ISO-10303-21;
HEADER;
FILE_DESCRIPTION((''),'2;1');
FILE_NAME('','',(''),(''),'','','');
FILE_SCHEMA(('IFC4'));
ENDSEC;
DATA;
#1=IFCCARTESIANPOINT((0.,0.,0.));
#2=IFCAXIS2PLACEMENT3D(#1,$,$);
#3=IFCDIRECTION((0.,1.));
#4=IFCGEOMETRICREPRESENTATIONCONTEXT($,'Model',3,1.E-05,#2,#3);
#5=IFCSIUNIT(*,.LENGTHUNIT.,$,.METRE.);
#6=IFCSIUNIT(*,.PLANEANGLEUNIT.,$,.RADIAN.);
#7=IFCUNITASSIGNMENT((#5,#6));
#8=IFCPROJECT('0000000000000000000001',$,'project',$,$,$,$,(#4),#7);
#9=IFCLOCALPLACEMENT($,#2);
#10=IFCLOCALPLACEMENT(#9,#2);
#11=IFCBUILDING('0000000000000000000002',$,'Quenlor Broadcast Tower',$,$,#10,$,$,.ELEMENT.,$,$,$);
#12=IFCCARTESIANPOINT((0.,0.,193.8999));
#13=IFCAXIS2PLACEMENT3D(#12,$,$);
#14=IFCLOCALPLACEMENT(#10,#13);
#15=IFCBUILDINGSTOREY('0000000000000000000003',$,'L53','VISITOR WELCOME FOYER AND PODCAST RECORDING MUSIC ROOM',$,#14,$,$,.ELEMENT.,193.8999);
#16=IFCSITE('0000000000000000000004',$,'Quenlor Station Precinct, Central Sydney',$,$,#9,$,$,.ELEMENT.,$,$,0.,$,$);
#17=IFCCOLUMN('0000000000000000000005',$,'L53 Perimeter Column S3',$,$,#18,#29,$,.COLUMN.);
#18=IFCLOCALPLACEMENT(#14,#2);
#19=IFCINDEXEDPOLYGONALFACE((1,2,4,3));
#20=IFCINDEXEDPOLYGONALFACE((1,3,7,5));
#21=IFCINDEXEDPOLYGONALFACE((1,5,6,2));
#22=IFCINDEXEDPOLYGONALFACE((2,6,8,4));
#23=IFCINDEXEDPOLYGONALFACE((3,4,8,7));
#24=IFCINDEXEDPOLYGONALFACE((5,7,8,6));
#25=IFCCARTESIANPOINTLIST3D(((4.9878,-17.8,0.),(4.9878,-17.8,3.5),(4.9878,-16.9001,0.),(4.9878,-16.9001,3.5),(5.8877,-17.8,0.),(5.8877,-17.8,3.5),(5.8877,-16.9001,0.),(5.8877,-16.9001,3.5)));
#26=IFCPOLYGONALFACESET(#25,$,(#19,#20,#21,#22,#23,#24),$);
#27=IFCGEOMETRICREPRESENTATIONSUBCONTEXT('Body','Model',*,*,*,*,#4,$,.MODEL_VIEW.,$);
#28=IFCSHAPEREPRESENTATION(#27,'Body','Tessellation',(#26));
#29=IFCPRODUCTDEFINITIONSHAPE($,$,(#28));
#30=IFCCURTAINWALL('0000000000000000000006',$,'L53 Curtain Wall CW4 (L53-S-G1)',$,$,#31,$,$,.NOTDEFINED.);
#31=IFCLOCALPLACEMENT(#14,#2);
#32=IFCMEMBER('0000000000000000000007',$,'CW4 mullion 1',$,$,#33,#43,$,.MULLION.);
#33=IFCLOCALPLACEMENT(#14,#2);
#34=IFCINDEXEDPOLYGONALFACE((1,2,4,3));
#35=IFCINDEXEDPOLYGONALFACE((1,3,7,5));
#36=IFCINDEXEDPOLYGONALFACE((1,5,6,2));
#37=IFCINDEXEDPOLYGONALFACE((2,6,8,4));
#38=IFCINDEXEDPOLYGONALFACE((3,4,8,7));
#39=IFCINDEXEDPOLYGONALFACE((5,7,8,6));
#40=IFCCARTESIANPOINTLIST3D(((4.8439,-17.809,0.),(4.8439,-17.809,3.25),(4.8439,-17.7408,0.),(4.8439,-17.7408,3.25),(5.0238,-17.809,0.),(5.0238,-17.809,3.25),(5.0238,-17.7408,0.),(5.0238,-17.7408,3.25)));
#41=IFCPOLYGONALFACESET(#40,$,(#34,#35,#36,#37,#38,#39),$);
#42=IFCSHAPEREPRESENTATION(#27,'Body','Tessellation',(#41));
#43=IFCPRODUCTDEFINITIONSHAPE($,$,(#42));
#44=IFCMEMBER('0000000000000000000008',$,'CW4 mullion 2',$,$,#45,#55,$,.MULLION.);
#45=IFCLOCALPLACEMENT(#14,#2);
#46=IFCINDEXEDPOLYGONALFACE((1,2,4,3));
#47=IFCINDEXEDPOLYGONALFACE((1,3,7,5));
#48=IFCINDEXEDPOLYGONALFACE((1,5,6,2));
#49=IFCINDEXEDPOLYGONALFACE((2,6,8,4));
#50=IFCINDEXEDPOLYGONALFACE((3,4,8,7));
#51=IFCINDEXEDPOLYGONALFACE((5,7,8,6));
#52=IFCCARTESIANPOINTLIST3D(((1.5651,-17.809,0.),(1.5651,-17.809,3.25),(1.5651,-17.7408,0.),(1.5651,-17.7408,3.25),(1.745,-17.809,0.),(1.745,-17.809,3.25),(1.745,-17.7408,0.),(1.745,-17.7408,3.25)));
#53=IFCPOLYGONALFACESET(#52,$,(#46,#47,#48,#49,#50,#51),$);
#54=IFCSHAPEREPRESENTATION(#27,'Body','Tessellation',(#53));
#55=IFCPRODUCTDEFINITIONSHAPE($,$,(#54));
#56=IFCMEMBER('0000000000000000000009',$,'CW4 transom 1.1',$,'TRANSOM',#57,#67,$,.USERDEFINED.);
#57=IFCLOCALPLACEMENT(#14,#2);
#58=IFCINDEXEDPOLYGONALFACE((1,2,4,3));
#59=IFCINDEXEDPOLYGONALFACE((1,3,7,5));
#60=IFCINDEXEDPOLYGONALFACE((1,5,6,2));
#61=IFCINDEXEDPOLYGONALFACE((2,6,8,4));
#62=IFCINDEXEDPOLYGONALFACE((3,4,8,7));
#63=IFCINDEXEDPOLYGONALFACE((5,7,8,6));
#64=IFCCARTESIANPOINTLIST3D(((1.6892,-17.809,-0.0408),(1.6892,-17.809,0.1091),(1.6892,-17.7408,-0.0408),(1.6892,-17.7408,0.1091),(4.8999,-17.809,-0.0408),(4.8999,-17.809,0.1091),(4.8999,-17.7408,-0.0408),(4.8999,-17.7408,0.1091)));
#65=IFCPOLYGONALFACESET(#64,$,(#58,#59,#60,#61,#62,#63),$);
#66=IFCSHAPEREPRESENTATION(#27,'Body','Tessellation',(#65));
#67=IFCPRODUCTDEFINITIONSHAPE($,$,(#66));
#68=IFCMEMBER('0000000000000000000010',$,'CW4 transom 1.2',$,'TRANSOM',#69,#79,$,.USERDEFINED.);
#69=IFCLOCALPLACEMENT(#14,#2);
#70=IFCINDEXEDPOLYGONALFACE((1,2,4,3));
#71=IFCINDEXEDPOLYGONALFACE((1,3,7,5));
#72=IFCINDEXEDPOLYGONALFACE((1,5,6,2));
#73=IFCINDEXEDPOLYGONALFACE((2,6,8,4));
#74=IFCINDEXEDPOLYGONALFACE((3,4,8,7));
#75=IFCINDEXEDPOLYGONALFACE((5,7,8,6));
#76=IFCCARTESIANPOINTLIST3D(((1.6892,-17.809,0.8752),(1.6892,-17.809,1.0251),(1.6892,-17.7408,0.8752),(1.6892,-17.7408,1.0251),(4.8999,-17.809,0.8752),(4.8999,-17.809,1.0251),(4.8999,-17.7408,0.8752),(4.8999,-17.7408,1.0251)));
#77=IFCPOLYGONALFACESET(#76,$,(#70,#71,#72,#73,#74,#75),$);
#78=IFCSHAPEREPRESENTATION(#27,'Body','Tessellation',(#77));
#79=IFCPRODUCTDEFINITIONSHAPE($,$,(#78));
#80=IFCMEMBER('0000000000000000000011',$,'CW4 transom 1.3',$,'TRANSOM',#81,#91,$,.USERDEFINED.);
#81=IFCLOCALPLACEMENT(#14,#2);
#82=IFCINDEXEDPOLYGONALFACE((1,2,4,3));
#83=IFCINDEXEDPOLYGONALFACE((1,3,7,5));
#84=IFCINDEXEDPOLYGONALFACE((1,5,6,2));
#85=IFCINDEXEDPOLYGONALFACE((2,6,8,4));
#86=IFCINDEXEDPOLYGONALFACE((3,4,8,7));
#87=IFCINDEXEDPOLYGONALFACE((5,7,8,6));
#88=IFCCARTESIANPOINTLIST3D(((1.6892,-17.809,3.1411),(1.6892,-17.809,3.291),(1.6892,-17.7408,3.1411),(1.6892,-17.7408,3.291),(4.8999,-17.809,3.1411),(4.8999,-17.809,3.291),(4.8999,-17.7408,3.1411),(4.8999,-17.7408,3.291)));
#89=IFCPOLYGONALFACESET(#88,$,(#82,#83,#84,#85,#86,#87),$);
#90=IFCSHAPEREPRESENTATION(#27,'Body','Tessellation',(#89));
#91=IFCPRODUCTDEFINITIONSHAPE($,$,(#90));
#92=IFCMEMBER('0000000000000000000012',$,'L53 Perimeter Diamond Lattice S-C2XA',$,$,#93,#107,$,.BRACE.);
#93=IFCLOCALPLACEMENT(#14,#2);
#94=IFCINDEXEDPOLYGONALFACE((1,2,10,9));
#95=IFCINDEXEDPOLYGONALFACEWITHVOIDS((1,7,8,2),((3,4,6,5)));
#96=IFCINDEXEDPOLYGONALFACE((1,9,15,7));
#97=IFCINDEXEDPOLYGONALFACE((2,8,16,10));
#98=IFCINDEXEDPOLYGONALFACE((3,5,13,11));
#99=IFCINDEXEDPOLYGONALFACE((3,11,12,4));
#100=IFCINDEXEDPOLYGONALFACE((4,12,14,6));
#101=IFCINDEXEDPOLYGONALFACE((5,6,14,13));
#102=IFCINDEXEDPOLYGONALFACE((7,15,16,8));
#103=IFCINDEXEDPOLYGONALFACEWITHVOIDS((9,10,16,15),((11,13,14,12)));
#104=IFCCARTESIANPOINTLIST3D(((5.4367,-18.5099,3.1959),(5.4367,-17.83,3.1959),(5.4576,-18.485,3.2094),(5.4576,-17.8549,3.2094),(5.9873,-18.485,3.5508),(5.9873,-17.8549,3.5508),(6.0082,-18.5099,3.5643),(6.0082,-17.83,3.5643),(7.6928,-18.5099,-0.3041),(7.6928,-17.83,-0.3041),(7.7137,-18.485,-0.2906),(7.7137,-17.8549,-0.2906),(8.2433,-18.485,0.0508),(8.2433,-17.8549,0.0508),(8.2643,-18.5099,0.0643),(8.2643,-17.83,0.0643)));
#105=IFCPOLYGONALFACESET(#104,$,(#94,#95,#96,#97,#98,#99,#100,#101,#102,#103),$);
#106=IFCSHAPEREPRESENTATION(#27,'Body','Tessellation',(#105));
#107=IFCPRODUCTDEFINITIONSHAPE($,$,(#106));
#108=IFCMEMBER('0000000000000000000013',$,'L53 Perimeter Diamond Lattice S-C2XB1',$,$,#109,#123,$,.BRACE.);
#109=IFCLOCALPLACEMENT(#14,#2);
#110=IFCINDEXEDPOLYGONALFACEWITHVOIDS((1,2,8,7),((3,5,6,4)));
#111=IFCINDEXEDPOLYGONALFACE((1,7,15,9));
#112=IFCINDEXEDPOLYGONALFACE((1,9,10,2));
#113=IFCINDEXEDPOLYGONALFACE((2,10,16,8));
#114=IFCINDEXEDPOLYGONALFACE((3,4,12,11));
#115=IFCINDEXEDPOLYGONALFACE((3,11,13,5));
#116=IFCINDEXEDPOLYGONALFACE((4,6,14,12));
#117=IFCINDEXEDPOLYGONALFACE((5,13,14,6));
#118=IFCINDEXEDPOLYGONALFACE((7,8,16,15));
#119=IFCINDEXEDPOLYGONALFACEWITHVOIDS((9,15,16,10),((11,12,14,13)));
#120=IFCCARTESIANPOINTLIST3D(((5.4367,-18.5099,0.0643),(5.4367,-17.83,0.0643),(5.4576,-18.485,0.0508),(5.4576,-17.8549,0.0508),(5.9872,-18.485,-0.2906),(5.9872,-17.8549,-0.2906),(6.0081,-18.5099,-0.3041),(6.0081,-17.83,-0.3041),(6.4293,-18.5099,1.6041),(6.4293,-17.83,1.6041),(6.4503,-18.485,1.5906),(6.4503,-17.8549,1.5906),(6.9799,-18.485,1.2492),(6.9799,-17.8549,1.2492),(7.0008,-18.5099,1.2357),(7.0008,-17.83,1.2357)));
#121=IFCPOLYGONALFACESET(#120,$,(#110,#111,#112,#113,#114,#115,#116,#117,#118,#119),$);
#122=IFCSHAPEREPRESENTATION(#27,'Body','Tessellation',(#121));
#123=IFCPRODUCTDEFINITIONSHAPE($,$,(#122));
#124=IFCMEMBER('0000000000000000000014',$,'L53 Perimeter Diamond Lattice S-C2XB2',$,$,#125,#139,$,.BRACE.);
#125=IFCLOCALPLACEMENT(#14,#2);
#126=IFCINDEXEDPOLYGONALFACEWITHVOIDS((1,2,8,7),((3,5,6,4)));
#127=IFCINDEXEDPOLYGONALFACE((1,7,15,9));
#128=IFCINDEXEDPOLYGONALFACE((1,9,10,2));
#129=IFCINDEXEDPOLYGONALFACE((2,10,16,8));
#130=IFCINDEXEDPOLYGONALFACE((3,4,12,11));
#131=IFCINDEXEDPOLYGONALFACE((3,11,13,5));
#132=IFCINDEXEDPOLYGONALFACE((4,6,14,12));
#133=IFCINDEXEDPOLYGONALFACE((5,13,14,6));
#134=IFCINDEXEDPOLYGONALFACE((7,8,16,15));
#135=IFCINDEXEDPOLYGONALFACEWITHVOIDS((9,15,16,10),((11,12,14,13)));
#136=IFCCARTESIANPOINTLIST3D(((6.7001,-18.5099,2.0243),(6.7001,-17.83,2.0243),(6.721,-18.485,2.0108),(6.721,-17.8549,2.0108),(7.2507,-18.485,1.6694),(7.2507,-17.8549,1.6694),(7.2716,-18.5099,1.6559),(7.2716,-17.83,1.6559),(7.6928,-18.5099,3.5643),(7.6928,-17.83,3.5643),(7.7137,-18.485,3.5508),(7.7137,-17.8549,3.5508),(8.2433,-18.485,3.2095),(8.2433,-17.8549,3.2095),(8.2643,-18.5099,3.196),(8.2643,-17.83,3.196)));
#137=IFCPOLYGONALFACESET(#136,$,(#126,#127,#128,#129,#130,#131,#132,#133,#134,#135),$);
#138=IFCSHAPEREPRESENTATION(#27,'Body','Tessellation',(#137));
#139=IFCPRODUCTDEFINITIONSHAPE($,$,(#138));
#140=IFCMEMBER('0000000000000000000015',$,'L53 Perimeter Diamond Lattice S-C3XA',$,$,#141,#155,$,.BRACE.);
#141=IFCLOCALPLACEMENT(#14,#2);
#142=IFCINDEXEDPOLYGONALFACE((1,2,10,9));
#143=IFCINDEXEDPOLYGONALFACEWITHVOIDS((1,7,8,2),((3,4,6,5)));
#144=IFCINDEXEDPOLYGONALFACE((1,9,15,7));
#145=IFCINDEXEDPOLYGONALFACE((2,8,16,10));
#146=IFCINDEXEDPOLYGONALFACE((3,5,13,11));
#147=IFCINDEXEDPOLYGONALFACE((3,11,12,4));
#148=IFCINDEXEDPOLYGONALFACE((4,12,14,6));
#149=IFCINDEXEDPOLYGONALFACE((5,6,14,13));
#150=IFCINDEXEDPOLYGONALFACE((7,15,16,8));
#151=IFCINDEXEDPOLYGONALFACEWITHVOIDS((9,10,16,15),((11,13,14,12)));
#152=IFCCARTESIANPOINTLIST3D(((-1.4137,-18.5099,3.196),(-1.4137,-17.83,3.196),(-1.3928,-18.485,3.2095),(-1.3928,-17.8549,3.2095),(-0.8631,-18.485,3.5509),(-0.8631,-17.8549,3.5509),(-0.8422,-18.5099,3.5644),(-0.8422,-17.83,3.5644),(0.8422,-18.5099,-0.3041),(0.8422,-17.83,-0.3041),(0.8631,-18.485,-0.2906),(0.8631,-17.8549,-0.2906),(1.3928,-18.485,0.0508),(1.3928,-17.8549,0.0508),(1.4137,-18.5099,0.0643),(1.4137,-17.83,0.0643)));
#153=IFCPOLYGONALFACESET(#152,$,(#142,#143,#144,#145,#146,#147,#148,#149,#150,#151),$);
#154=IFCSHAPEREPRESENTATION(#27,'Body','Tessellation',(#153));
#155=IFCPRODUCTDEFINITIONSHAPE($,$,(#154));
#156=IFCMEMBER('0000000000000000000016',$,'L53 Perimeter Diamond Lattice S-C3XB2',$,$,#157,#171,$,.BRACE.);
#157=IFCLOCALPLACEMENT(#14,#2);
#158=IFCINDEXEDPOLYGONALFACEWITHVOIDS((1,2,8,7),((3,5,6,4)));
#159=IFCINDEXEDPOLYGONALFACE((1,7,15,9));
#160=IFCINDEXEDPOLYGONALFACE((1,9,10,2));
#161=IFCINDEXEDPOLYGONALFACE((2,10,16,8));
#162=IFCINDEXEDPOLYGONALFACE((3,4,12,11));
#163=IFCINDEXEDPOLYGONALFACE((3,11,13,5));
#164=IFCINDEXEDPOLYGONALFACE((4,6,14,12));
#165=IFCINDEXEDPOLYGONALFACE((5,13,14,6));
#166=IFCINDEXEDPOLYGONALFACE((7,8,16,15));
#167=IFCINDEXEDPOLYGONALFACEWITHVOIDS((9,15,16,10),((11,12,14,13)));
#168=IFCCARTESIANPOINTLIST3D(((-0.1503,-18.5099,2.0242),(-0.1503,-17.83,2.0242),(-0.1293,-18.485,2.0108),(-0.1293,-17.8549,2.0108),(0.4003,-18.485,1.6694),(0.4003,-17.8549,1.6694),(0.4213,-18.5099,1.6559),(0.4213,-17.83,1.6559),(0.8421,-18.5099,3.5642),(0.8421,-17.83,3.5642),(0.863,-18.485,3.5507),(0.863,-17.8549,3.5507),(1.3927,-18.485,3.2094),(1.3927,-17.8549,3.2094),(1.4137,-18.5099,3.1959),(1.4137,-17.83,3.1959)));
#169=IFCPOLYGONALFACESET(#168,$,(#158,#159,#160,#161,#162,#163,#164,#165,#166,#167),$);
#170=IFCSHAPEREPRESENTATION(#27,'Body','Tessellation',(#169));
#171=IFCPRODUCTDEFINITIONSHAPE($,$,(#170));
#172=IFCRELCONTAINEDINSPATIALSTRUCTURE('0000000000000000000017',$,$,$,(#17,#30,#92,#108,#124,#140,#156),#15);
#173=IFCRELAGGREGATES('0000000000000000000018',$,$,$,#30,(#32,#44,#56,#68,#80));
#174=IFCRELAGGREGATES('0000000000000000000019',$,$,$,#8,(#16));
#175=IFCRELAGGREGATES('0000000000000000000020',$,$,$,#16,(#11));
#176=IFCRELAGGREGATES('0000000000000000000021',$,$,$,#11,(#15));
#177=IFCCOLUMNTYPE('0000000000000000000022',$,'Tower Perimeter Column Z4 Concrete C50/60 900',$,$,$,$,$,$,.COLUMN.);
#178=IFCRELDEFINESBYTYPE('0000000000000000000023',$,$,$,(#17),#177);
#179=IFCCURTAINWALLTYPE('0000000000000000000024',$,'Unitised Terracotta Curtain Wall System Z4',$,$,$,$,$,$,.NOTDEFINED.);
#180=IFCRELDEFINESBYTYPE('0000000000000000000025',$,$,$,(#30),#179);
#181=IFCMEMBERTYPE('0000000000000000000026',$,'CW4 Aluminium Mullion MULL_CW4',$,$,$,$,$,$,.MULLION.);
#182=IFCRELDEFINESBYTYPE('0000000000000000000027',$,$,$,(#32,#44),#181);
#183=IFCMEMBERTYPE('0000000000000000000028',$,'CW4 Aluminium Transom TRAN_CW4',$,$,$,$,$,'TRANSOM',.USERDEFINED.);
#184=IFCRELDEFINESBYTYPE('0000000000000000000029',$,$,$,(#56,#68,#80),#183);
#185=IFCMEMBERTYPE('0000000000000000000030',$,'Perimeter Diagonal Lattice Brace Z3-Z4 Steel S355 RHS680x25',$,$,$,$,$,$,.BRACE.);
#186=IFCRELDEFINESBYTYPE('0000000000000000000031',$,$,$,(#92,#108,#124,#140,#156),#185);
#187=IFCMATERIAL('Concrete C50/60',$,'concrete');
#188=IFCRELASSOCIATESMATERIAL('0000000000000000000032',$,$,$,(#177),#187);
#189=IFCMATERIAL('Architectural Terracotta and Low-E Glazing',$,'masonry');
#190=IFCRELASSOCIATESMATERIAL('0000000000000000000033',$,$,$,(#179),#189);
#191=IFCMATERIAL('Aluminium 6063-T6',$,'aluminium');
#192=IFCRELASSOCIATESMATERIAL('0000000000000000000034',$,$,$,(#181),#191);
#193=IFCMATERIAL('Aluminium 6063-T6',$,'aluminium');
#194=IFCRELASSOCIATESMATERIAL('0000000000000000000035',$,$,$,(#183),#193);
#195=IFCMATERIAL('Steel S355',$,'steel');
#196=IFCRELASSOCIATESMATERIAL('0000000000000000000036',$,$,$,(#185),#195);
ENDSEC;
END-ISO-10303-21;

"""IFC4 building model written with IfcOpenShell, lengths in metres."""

from ifc_helpers import new_model, si_unit, direction, frame, origin, origin_2d, place, context, subcontext, project, spatial, rectangle, hollow_rectangle, extrude, material, material_profile, profile_set, type_object, element, aggregate, save


model = new_model("IFC4")

# Units and contexts
model_context = context("Model", 3, precision=1e-05, world=origin(), true_north=direction((0.0, 1.0)))
body_context = subcontext(model_context, "Body", "Model", "MODEL_VIEW")
ifc_project = project(units=[si_unit("LENGTHUNIT", "METRE"), si_unit("PLANEANGLEUNIT", "RADIAN")], contexts=[model_context])

# Site, building, storey
site_placement = place(None, origin())
site = spatial("IfcSite", under=ifc_project, at=site_placement, Name="Quenlor Station Precinct, Central Sydney", CompositionType="ELEMENT", RefElevation=0.0)
building_placement = place(site_placement, origin())
building = spatial("IfcBuilding", under=site, at=building_placement, Name="Quenlor Broadcast Tower", CompositionType="ELEMENT")
storey_placement = place(building_placement, frame((0.0, 0.0, 193.8999)))
storey = spatial("IfcBuildingStorey", under=building, at=storey_placement, Name="L53", Description="VISITOR WELCOME FOYER AND PODCAST RECORDING MUSIC ROOM", CompositionType="ELEMENT", Elevation=193.8999)

# Column
ifc_material_1 = material(Name="Concrete C50/60", Category="concrete")
ifc_material_profile_1 = material_profile(ifc_material_1, rectangle(XDim=0.8999, YDim=0.8999, at=origin_2d()))
ifc_profile_set_1 = profile_set([ifc_material_profile_1], Name="Concrete C50/60 RC900x900")
column_type = type_object("IfcColumnType", Name="Tower Perimeter Column Z4 Concrete C50/60 900", PredefinedType="COLUMN", material=ifc_profile_set_1)
column_placement = place(storey_placement, frame((5.4377, -17.3501, 0.0), z_axis=(0.0, 0.0, 1.0), x_axis=(0.0, 1.0, 0.0)))
element("IfcColumn", 1, at=column_placement, inside=storey, type_object=column_type, Name="L53 Perimeter Column S3", PredefinedType="COLUMN", context=body_context, shape_type="SweptSolid", body=[
    extrude(rectangle(XDim=0.8999, YDim=0.8999, at=origin_2d()), origin(), (0.0, 0.0, 1.0), 3.5),
])

# Curtain wall, members
ifc_material_2 = material(Name="Architectural Terracotta and Low-E Glazing", Category="masonry")
curtain_wall_type = type_object("IfcCurtainWallType", Name="Unitised Terracotta Curtain Wall System Z4", PredefinedType="NOTDEFINED", material=ifc_material_2)
curtain_wall_placement = place(storey_placement, origin())
curtain_wall = element("IfcCurtainWall", 2, at=curtain_wall_placement, inside=storey, type_object=curtain_wall_type, Name="L53 Curtain Wall CW4 (L53-S-G1)", PredefinedType="NOTDEFINED")
ifc_material_3 = material(Name="Aluminium 6063-T6", Category="aluminium")
ifc_material_profile_2 = material_profile(ifc_material_3, rectangle(XDim=0.0681, YDim=0.1799, at=origin_2d()))
ifc_profile_set_2 = profile_set([ifc_material_profile_2], Name="Aluminium 6063-T6 MULL68x180")
member_type_1 = type_object("IfcMemberType", Name="CW4 Aluminium Mullion MULL_CW4", PredefinedType="MULLION", material=ifc_profile_set_2)
member_1_placement = place(storey_placement, frame((4.9338, -17.7749, 0.0), z_axis=(0.0, 0.0, 1.0), x_axis=(0.0, -1.0, 0.0)))
member_1 = element("IfcMember", 3, at=member_1_placement, type_object=member_type_1, Name="CW4 mullion 1", PredefinedType="MULLION", context=body_context, shape_type="SweptSolid", body=[
    extrude(rectangle(XDim=0.0681, YDim=0.1799, at=origin_2d()), origin(), (0.0, 0.0, 1.0), 3.25),
])
member_2_placement = place(storey_placement, frame((1.655, -17.7749, 0.0), z_axis=(0.0, 0.0, 1.0), x_axis=(0.0, -1.0, 0.0)))
member_2 = element("IfcMember", 4, at=member_2_placement, type_object=member_type_1, Name="CW4 mullion 2", PredefinedType="MULLION", context=body_context, shape_type="SweptSolid", body=[
    extrude(rectangle(XDim=0.0681, YDim=0.1799, at=origin_2d()), origin(), (0.0, 0.0, 1.0), 3.25),
])
ifc_material_4 = material(Name="Aluminium 6063-T6", Category="aluminium")
ifc_material_profile_3 = material_profile(ifc_material_4, rectangle(XDim=0.0681, YDim=0.1499, at=origin_2d()))
ifc_profile_set_3 = profile_set([ifc_material_profile_3], Name="Aluminium 6063-T6 TRAN68x150")
member_type_2 = type_object("IfcMemberType", Name="CW4 Aluminium Transom TRAN_CW4", ElementType="TRANSOM", PredefinedType="USERDEFINED", material=ifc_profile_set_3)
member_3_placement = place(storey_placement, frame((4.8999, -17.7749, 0.0342), z_axis=(-1.0, 0.0, 0.0), x_axis=(0.0, -1.0, 0.0)))
member_3 = element("IfcMember", 5, at=member_3_placement, type_object=member_type_2, Name="CW4 transom 1.1", ObjectType="TRANSOM", PredefinedType="USERDEFINED", context=body_context, shape_type="SweptSolid", body=[
    extrude(rectangle(XDim=0.0681, YDim=0.1499, at=origin_2d()), origin(), (0.0, 0.0, 1.0), 3.2107),
])
member_4_placement = place(storey_placement, frame((4.8999, -17.7749, 0.9502), z_axis=(-1.0, 0.0, 0.0), x_axis=(0.0, -1.0, 0.0)))
member_4 = element("IfcMember", 6, at=member_4_placement, type_object=member_type_2, Name="CW4 transom 1.2", ObjectType="TRANSOM", PredefinedType="USERDEFINED", context=body_context, shape_type="SweptSolid", body=[
    extrude(rectangle(XDim=0.0681, YDim=0.1499, at=origin_2d()), origin(), (0.0, 0.0, 1.0), 3.2107),
])
member_5_placement = place(storey_placement, frame((4.8999, -17.7749, 3.2161), z_axis=(-1.0, 0.0, 0.0), x_axis=(0.0, -1.0, 0.0)))
member_5 = element("IfcMember", 7, at=member_5_placement, type_object=member_type_2, Name="CW4 transom 1.3", ObjectType="TRANSOM", PredefinedType="USERDEFINED", context=body_context, shape_type="SweptSolid", body=[
    extrude(rectangle(XDim=0.0681, YDim=0.1499, at=origin_2d()), origin(), (0.0, 0.0, 1.0), 3.2107),
])

# Members
ifc_material_5 = material(Name="Steel S355", Category="steel")
ifc_material_profile_4 = material_profile(ifc_material_5, hollow_rectangle(XDim=0.6799, YDim=0.6799, WallThickness=0.0249, at=origin_2d()))
ifc_profile_set_4 = profile_set([ifc_material_profile_4], Name="Steel S355 RHS680x680x25")
member_type_3 = type_object("IfcMemberType", Name="Perimeter Diagonal Lattice Brace Z3-Z4 Steel S355 RHS680x25", PredefinedType="BRACE", material=ifc_profile_set_4)
member_6_placement = place(storey_placement, frame((7.9785, -18.1699, -0.1199), z_axis=(-0.541794, 0.0, 0.840511), x_axis=(0.0, -1.0, 0.0)))
element("IfcMember", 8, at=member_6_placement, inside=storey, type_object=member_type_3, Name="L53 Perimeter Diamond Lattice S-C2XA", PredefinedType="BRACE", context=body_context, shape_type="SweptSolid", body=[
    extrude(hollow_rectangle(XDim=0.6799, YDim=0.6799, WallThickness=0.0249, at=origin_2d()), origin(), (0.0, 0.0, 1.0), 4.1641),
])
member_7_placement = place(storey_placement, frame((5.7224, -18.1699, -0.1199), z_axis=(0.541842, 0.0, 0.840481), x_axis=(0.0, 1.0, 0.0)))
element("IfcMember", 9, at=member_7_placement, inside=storey, type_object=member_type_3, Name="L53 Perimeter Diamond Lattice S-C2XB1", PredefinedType="BRACE", context=body_context, shape_type="SweptSolid", body=[
    extrude(hollow_rectangle(XDim=0.6799, YDim=0.6799, WallThickness=0.0249, at=origin_2d()), origin(), (0.0, 0.0, 1.0), 1.832),
])
member_8_placement = place(storey_placement, frame((6.9858, -18.1699, 1.8401), z_axis=(0.541781, 0.0, 0.84052), x_axis=(0.0, 1.0, 0.0)))
element("IfcMember", 10, at=member_8_placement, inside=storey, type_object=member_type_3, Name="L53 Perimeter Diamond Lattice S-C2XB2", PredefinedType="BRACE", context=body_context, shape_type="SweptSolid", body=[
    extrude(hollow_rectangle(XDim=0.6799, YDim=0.6799, WallThickness=0.0249, at=origin_2d()), origin(), (0.0, 0.0, 1.0), 1.8323),
])
member_9_placement = place(storey_placement, frame((1.1279, -18.1699, -0.1199), z_axis=(-0.541753, 0.0, 0.840538), x_axis=(0.0, -1.0, 0.0)))
element("IfcMember", 11, at=member_9_placement, inside=storey, type_object=member_type_3, Name="L53 Perimeter Diamond Lattice S-C3XA", PredefinedType="BRACE", context=body_context, shape_type="SweptSolid", body=[
    extrude(hollow_rectangle(XDim=0.6799, YDim=0.6799, WallThickness=0.0249, at=origin_2d()), origin(), (0.0, 0.0, 1.0), 4.1641),
])
member_10_placement = place(storey_placement, frame((0.1355, -18.1699, 1.8401), z_axis=(0.541687, 0.0, 0.84058), x_axis=(0.0, 1.0, 0.0)))
element("IfcMember", 12, at=member_10_placement, inside=storey, type_object=member_type_3, Name="L53 Perimeter Diamond Lattice S-C3XB2", PredefinedType="BRACE", context=body_context, shape_type="SweptSolid", body=[
    extrude(hollow_rectangle(XDim=0.6799, YDim=0.6799, WallThickness=0.0249, at=origin_2d()), origin(), (0.0, 0.0, 1.0), 1.832),
])

aggregate(curtain_wall, [member_1, member_2, member_3, member_4, member_5])

save(model, "model.ifc")
